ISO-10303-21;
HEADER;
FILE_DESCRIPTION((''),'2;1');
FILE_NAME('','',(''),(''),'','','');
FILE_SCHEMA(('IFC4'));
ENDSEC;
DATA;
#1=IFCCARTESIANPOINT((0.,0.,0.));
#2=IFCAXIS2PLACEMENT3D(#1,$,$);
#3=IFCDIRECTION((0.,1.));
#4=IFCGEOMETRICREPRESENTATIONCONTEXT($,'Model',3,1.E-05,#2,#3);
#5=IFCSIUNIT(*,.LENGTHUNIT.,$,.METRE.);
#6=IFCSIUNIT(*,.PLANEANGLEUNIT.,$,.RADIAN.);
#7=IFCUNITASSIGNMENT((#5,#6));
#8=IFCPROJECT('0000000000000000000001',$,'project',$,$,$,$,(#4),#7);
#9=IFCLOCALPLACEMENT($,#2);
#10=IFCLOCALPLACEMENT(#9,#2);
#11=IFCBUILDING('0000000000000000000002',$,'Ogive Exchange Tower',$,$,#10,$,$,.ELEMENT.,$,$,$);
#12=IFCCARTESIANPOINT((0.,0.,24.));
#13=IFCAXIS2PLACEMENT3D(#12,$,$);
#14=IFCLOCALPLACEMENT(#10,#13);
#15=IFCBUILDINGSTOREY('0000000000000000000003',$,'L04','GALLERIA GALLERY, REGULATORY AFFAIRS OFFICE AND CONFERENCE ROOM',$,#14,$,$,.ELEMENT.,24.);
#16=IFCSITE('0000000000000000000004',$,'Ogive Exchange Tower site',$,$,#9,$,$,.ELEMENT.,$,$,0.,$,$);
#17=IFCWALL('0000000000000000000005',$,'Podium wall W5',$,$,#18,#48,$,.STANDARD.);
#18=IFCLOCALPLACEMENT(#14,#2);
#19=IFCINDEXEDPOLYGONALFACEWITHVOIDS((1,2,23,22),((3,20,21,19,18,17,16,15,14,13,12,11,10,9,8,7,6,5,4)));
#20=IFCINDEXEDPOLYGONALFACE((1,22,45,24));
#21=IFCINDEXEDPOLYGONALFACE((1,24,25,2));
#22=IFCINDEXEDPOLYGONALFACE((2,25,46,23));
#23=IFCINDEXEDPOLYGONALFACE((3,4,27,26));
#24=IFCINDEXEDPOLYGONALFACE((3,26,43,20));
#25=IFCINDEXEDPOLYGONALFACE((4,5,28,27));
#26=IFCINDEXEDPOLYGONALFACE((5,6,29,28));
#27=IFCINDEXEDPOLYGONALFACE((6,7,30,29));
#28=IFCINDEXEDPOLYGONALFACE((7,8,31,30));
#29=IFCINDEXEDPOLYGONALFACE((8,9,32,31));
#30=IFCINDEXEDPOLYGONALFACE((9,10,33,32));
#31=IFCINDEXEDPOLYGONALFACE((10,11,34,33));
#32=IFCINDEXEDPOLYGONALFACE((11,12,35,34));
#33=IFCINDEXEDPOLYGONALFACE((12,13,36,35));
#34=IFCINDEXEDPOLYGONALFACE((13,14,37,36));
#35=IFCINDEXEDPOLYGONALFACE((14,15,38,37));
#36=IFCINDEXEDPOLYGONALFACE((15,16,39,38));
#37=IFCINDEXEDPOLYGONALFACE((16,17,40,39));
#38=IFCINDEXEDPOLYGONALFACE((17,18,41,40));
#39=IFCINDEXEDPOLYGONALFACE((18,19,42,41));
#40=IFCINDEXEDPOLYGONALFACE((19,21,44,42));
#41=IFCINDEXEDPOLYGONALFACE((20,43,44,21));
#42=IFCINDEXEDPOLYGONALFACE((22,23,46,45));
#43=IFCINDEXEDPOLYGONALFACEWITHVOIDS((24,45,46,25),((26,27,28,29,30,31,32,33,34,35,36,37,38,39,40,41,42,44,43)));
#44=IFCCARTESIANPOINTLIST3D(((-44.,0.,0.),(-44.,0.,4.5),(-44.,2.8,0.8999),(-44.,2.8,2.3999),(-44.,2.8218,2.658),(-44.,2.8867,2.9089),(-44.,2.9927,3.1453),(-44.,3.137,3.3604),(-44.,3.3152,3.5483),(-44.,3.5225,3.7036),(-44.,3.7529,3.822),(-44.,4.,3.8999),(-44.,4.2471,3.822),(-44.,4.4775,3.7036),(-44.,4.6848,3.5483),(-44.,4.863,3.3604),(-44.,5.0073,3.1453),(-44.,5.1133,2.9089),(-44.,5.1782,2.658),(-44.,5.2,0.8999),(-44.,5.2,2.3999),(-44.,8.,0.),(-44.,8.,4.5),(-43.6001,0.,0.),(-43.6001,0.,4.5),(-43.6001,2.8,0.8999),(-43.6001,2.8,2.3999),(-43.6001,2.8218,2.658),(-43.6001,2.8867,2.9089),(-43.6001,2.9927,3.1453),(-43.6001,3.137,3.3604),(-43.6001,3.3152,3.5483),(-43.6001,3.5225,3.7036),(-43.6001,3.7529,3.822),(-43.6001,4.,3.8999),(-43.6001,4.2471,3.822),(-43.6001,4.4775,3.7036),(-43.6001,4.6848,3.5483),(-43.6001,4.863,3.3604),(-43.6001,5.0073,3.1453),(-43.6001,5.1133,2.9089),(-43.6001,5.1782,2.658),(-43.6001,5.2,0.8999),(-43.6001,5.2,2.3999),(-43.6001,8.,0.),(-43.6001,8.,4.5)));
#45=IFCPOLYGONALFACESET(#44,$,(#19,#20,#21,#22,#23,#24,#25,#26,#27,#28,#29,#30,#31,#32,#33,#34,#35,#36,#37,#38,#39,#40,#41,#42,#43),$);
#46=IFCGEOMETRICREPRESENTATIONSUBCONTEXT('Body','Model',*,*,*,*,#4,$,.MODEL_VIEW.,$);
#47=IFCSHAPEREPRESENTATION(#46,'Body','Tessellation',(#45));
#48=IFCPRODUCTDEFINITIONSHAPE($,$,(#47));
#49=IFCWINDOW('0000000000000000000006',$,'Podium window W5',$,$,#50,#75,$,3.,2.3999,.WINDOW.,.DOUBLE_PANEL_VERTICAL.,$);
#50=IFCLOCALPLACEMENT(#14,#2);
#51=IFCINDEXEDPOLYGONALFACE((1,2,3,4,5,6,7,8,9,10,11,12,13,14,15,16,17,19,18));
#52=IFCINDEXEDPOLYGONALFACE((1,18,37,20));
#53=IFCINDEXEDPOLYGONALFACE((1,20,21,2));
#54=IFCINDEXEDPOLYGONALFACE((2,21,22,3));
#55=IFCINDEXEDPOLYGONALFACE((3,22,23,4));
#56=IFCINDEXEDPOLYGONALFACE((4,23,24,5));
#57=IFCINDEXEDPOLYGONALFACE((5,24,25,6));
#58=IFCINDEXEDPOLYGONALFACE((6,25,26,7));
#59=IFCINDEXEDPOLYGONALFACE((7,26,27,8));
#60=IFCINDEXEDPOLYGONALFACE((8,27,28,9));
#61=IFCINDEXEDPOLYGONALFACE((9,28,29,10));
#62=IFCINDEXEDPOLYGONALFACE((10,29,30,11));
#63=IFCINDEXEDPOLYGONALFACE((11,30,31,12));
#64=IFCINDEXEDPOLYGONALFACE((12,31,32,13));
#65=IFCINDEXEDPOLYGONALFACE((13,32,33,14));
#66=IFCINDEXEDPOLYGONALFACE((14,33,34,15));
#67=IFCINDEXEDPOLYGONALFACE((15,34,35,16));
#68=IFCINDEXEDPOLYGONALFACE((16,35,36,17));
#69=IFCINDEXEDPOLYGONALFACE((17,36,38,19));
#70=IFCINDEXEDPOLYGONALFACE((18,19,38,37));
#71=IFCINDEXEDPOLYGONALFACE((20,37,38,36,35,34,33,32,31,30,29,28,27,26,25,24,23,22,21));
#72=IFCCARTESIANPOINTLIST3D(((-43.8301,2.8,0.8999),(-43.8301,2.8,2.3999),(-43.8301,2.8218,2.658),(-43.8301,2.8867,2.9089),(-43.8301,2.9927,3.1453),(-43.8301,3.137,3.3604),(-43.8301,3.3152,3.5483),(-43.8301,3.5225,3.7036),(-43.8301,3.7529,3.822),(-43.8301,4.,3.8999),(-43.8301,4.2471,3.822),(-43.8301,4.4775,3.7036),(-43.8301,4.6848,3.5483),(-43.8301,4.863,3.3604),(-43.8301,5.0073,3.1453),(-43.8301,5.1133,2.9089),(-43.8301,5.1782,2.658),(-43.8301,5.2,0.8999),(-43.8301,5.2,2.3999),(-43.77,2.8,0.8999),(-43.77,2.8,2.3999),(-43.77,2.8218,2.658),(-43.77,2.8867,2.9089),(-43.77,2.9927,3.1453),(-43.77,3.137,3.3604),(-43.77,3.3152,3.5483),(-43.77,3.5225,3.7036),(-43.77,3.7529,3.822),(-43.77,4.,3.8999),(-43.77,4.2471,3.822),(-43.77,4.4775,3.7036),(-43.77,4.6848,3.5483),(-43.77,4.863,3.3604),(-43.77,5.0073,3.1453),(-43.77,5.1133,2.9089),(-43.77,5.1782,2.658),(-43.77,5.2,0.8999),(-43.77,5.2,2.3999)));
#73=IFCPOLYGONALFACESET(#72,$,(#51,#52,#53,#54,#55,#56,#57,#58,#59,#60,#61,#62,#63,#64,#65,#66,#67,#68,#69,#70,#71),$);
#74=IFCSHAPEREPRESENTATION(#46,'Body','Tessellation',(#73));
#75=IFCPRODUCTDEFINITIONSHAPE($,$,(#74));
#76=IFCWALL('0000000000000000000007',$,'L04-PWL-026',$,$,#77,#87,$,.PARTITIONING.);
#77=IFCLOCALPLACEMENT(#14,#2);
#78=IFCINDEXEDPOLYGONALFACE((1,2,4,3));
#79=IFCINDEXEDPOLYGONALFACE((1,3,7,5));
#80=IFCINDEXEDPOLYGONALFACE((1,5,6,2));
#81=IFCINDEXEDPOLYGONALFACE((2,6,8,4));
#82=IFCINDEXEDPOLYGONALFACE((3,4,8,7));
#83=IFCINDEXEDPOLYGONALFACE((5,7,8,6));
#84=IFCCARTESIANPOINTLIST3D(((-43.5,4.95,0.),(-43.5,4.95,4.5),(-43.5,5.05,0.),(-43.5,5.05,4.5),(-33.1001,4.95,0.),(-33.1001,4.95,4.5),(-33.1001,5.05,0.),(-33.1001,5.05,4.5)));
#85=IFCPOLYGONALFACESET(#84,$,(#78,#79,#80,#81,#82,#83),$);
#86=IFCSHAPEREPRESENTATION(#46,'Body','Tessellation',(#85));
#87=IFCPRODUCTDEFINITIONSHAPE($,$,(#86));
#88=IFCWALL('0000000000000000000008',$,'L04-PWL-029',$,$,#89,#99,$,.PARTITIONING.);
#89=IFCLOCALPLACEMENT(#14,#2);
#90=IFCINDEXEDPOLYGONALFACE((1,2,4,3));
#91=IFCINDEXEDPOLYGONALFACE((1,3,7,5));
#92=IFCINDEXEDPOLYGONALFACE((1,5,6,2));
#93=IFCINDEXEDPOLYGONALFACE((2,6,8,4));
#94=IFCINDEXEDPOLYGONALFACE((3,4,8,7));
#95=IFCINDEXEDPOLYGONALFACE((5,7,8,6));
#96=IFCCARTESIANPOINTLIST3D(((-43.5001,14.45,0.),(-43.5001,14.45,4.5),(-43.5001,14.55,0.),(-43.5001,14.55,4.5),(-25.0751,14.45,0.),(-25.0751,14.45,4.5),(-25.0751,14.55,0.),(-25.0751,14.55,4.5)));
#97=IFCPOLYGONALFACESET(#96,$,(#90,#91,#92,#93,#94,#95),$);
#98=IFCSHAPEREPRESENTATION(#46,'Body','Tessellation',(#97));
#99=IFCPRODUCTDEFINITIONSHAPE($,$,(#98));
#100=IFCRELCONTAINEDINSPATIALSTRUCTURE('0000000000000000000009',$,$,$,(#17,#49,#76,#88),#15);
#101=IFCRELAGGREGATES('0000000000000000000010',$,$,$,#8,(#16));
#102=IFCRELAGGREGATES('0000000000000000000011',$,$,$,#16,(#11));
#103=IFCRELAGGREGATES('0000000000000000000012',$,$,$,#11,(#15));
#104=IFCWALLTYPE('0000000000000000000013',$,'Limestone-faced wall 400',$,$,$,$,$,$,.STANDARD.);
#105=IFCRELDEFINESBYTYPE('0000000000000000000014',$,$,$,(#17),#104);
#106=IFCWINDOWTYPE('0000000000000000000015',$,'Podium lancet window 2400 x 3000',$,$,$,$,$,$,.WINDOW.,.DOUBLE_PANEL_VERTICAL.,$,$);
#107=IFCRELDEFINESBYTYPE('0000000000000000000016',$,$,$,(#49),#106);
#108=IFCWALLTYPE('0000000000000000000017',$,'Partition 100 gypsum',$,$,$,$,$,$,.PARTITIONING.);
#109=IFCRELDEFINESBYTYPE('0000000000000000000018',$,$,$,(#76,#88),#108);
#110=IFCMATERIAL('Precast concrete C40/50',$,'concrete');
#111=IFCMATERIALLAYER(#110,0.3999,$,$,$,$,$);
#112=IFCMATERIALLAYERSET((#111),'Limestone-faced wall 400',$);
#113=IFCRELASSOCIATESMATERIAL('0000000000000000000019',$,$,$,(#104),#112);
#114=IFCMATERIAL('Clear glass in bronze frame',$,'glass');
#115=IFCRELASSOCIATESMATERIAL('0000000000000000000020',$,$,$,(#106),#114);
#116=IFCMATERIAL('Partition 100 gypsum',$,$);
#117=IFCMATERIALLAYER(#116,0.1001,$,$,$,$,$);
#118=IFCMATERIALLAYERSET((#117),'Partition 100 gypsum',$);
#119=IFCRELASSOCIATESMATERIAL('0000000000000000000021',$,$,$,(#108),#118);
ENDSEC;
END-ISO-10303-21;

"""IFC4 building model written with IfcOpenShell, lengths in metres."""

from ifc_helpers import new_model, si_unit, direction, frame, frame_2d, origin, place, context, subcontext, project, spatial, polyline, rectangle, outline, extrude, material, layer, layer_set, type_object, element, fill, save


model = new_model("IFC4")

# Units and contexts
model_context = context("Model", 3, precision=1e-05, world=origin(), true_north=direction((0.0, 1.0)))
body_context = subcontext(model_context, "Body", "Model", "MODEL_VIEW")
ifc_project = project(units=[si_unit("LENGTHUNIT", "METRE"), si_unit("PLANEANGLEUNIT", "RADIAN")], contexts=[model_context])

# Site, building, storey
site_placement = place(None, origin())
site = spatial("IfcSite", under=ifc_project, at=site_placement, Name="Ogive Exchange Tower site", CompositionType="ELEMENT", RefElevation=0.0)
building_placement = place(site_placement, origin())
building = spatial("IfcBuilding", under=site, at=building_placement, Name="Ogive Exchange Tower", CompositionType="ELEMENT")
storey_placement = place(building_placement, frame((0.0, 0.0, 24.0)))
storey = spatial("IfcBuildingStorey", under=building, at=storey_placement, Name="L04", Description="GALLERIA GALLERY, REGULATORY AFFAIRS OFFICE AND CONFERENCE ROOM", CompositionType="ELEMENT", Elevation=24.0)

# Shared definitions
ifc_material_1 = material(Name="Precast concrete C40/50", Category="concrete")
ifc_layer_1 = layer(ifc_material_1, 0.3999)
ifc_layer_set_1 = layer_set([ifc_layer_1], Name="Limestone-faced wall 400")
wall_type_1 = type_object("IfcWallType", Name="Limestone-faced wall 400", PredefinedType="STANDARD", material=ifc_layer_set_1)
ifc_material_2 = material(Name="Clear glass in bronze frame", Category="glass")

# Wall, opening, window
wall_1_placement = place(storey_placement, frame((-43.8, 8.0, 0.0), z_axis=(0.0, 0.0, 1.0), x_axis=(0.0, -1.0, 0.0)))
wall_1 = element("IfcWall", 1, at=wall_1_placement, inside=storey, type_object=wall_type_1, Name="Podium wall W5", PredefinedType="STANDARD", context=body_context, shape_type="SweptSolid", body=[
    extrude(rectangle(XDim=8.0, YDim=0.3999, at=frame_2d((4.0, 0.0))), origin(), (0.0, 0.0, 1.0), 4.5),
])
opening_1_placement = place(wall_1_placement, frame((2.8, 0.0, 0.8999)))
opening_1 = element("IfcOpeningElement", 2, at=opening_1_placement, cuts=wall_1, PredefinedType="OPENING", context=body_context, shape_type="SweptSolid", body=[
    extrude(outline(polyline([(0.0, 0.0), (2.3999, 0.0), (2.3999, 1.5), (2.3782, 1.7581), (2.3132, 2.009), (2.2073, 2.2454), (2.063, 2.4604), (1.8848, 2.6484), (1.6775, 2.8037), (1.447, 2.9221), (1.2, 3.0), (0.9529, 2.9221), (0.7224, 2.8037), (0.5151, 2.6484), (0.3369, 2.4604), (0.1926, 2.2454), (0.0867, 2.009), (0.0217, 1.7581), (0.0, 1.5), (0.0, 0.0)])), frame((0.0, 0.21, 0.0), z_axis=(0.0, -1.0, 0.0), x_axis=(1.0, 0.0, 0.0)), (0.0, 0.0, 1.0), 0.4199),
])
window_type_1 = type_object("IfcWindowType", Name="Podium lancet window 2400 x 3000", PartitioningType="DOUBLE_PANEL_VERTICAL", PredefinedType="WINDOW", material=ifc_material_2)
window_1_placement = place(opening_1_placement, origin())
window_1 = element("IfcWindow", 3, at=window_1_placement, inside=storey, type_object=window_type_1, Name="Podium window W5", OverallHeight=3.0, OverallWidth=2.3999, PartitioningType="DOUBLE_PANEL_VERTICAL", PredefinedType="WINDOW", context=body_context, shape_type="SweptSolid", body=[
    extrude(outline(polyline([(0.0, 0.0), (2.3999, 0.0), (2.3999, 1.5), (2.3782, 1.7581), (2.3132, 2.009), (2.2073, 2.2454), (2.063, 2.4604), (1.8848, 2.6484), (1.6775, 2.8037), (1.447, 2.9221), (1.2, 3.0), (0.9529, 2.9221), (0.7224, 2.8037), (0.5151, 2.6484), (0.3369, 2.4604), (0.1926, 2.2454), (0.0867, 2.009), (0.0217, 1.7581), (0.0, 1.5), (0.0, 0.0)])), frame((0.0, 0.03, 0.0), z_axis=(0.0, -1.0, 0.0), x_axis=(1.0, 0.0, 0.0)), (0.0, 0.0, 1.0), 0.0601),
])
fill(opening_1, window_1)

# Walls
ifc_material_3 = material(Name="Partition 100 gypsum")
ifc_layer_2 = layer(ifc_material_3, 0.1001)
ifc_layer_set_2 = layer_set([ifc_layer_2], Name="Partition 100 gypsum")
wall_type_2 = type_object("IfcWallType", Name="Partition 100 gypsum", PredefinedType="PARTITIONING", material=ifc_layer_set_2)
wall_2_placement = place(storey_placement, frame((-43.5, 5.0, 0.0), z_axis=(0.0, 0.0, 1.0), x_axis=(1.0, 0.0, 0.0)))
element("IfcWall", 4, at=wall_2_placement, inside=storey, type_object=wall_type_2, Name="L04-PWL-026", PredefinedType="PARTITIONING", context=body_context, shape_type="SweptSolid", body=[
    extrude(rectangle(XDim=10.3999, YDim=0.1001, at=frame_2d((5.2, 0.0))), origin(), (0.0, 0.0, 1.0), 4.5),
])
wall_3_placement = place(storey_placement, frame((-43.5, 14.5, 0.0), z_axis=(0.0, 0.0, 1.0), x_axis=(1.0, 0.0, 0.0)))
element("IfcWall", 5, at=wall_3_placement, inside=storey, type_object=wall_type_2, Name="L04-PWL-029", PredefinedType="PARTITIONING", context=body_context, shape_type="SweptSolid", body=[
    extrude(rectangle(XDim=18.425, YDim=0.1001, at=frame_2d((9.2124, 0.0))), origin(), (0.0, 0.0, 1.0), 4.5),
])

save(model, "model.ifc")
